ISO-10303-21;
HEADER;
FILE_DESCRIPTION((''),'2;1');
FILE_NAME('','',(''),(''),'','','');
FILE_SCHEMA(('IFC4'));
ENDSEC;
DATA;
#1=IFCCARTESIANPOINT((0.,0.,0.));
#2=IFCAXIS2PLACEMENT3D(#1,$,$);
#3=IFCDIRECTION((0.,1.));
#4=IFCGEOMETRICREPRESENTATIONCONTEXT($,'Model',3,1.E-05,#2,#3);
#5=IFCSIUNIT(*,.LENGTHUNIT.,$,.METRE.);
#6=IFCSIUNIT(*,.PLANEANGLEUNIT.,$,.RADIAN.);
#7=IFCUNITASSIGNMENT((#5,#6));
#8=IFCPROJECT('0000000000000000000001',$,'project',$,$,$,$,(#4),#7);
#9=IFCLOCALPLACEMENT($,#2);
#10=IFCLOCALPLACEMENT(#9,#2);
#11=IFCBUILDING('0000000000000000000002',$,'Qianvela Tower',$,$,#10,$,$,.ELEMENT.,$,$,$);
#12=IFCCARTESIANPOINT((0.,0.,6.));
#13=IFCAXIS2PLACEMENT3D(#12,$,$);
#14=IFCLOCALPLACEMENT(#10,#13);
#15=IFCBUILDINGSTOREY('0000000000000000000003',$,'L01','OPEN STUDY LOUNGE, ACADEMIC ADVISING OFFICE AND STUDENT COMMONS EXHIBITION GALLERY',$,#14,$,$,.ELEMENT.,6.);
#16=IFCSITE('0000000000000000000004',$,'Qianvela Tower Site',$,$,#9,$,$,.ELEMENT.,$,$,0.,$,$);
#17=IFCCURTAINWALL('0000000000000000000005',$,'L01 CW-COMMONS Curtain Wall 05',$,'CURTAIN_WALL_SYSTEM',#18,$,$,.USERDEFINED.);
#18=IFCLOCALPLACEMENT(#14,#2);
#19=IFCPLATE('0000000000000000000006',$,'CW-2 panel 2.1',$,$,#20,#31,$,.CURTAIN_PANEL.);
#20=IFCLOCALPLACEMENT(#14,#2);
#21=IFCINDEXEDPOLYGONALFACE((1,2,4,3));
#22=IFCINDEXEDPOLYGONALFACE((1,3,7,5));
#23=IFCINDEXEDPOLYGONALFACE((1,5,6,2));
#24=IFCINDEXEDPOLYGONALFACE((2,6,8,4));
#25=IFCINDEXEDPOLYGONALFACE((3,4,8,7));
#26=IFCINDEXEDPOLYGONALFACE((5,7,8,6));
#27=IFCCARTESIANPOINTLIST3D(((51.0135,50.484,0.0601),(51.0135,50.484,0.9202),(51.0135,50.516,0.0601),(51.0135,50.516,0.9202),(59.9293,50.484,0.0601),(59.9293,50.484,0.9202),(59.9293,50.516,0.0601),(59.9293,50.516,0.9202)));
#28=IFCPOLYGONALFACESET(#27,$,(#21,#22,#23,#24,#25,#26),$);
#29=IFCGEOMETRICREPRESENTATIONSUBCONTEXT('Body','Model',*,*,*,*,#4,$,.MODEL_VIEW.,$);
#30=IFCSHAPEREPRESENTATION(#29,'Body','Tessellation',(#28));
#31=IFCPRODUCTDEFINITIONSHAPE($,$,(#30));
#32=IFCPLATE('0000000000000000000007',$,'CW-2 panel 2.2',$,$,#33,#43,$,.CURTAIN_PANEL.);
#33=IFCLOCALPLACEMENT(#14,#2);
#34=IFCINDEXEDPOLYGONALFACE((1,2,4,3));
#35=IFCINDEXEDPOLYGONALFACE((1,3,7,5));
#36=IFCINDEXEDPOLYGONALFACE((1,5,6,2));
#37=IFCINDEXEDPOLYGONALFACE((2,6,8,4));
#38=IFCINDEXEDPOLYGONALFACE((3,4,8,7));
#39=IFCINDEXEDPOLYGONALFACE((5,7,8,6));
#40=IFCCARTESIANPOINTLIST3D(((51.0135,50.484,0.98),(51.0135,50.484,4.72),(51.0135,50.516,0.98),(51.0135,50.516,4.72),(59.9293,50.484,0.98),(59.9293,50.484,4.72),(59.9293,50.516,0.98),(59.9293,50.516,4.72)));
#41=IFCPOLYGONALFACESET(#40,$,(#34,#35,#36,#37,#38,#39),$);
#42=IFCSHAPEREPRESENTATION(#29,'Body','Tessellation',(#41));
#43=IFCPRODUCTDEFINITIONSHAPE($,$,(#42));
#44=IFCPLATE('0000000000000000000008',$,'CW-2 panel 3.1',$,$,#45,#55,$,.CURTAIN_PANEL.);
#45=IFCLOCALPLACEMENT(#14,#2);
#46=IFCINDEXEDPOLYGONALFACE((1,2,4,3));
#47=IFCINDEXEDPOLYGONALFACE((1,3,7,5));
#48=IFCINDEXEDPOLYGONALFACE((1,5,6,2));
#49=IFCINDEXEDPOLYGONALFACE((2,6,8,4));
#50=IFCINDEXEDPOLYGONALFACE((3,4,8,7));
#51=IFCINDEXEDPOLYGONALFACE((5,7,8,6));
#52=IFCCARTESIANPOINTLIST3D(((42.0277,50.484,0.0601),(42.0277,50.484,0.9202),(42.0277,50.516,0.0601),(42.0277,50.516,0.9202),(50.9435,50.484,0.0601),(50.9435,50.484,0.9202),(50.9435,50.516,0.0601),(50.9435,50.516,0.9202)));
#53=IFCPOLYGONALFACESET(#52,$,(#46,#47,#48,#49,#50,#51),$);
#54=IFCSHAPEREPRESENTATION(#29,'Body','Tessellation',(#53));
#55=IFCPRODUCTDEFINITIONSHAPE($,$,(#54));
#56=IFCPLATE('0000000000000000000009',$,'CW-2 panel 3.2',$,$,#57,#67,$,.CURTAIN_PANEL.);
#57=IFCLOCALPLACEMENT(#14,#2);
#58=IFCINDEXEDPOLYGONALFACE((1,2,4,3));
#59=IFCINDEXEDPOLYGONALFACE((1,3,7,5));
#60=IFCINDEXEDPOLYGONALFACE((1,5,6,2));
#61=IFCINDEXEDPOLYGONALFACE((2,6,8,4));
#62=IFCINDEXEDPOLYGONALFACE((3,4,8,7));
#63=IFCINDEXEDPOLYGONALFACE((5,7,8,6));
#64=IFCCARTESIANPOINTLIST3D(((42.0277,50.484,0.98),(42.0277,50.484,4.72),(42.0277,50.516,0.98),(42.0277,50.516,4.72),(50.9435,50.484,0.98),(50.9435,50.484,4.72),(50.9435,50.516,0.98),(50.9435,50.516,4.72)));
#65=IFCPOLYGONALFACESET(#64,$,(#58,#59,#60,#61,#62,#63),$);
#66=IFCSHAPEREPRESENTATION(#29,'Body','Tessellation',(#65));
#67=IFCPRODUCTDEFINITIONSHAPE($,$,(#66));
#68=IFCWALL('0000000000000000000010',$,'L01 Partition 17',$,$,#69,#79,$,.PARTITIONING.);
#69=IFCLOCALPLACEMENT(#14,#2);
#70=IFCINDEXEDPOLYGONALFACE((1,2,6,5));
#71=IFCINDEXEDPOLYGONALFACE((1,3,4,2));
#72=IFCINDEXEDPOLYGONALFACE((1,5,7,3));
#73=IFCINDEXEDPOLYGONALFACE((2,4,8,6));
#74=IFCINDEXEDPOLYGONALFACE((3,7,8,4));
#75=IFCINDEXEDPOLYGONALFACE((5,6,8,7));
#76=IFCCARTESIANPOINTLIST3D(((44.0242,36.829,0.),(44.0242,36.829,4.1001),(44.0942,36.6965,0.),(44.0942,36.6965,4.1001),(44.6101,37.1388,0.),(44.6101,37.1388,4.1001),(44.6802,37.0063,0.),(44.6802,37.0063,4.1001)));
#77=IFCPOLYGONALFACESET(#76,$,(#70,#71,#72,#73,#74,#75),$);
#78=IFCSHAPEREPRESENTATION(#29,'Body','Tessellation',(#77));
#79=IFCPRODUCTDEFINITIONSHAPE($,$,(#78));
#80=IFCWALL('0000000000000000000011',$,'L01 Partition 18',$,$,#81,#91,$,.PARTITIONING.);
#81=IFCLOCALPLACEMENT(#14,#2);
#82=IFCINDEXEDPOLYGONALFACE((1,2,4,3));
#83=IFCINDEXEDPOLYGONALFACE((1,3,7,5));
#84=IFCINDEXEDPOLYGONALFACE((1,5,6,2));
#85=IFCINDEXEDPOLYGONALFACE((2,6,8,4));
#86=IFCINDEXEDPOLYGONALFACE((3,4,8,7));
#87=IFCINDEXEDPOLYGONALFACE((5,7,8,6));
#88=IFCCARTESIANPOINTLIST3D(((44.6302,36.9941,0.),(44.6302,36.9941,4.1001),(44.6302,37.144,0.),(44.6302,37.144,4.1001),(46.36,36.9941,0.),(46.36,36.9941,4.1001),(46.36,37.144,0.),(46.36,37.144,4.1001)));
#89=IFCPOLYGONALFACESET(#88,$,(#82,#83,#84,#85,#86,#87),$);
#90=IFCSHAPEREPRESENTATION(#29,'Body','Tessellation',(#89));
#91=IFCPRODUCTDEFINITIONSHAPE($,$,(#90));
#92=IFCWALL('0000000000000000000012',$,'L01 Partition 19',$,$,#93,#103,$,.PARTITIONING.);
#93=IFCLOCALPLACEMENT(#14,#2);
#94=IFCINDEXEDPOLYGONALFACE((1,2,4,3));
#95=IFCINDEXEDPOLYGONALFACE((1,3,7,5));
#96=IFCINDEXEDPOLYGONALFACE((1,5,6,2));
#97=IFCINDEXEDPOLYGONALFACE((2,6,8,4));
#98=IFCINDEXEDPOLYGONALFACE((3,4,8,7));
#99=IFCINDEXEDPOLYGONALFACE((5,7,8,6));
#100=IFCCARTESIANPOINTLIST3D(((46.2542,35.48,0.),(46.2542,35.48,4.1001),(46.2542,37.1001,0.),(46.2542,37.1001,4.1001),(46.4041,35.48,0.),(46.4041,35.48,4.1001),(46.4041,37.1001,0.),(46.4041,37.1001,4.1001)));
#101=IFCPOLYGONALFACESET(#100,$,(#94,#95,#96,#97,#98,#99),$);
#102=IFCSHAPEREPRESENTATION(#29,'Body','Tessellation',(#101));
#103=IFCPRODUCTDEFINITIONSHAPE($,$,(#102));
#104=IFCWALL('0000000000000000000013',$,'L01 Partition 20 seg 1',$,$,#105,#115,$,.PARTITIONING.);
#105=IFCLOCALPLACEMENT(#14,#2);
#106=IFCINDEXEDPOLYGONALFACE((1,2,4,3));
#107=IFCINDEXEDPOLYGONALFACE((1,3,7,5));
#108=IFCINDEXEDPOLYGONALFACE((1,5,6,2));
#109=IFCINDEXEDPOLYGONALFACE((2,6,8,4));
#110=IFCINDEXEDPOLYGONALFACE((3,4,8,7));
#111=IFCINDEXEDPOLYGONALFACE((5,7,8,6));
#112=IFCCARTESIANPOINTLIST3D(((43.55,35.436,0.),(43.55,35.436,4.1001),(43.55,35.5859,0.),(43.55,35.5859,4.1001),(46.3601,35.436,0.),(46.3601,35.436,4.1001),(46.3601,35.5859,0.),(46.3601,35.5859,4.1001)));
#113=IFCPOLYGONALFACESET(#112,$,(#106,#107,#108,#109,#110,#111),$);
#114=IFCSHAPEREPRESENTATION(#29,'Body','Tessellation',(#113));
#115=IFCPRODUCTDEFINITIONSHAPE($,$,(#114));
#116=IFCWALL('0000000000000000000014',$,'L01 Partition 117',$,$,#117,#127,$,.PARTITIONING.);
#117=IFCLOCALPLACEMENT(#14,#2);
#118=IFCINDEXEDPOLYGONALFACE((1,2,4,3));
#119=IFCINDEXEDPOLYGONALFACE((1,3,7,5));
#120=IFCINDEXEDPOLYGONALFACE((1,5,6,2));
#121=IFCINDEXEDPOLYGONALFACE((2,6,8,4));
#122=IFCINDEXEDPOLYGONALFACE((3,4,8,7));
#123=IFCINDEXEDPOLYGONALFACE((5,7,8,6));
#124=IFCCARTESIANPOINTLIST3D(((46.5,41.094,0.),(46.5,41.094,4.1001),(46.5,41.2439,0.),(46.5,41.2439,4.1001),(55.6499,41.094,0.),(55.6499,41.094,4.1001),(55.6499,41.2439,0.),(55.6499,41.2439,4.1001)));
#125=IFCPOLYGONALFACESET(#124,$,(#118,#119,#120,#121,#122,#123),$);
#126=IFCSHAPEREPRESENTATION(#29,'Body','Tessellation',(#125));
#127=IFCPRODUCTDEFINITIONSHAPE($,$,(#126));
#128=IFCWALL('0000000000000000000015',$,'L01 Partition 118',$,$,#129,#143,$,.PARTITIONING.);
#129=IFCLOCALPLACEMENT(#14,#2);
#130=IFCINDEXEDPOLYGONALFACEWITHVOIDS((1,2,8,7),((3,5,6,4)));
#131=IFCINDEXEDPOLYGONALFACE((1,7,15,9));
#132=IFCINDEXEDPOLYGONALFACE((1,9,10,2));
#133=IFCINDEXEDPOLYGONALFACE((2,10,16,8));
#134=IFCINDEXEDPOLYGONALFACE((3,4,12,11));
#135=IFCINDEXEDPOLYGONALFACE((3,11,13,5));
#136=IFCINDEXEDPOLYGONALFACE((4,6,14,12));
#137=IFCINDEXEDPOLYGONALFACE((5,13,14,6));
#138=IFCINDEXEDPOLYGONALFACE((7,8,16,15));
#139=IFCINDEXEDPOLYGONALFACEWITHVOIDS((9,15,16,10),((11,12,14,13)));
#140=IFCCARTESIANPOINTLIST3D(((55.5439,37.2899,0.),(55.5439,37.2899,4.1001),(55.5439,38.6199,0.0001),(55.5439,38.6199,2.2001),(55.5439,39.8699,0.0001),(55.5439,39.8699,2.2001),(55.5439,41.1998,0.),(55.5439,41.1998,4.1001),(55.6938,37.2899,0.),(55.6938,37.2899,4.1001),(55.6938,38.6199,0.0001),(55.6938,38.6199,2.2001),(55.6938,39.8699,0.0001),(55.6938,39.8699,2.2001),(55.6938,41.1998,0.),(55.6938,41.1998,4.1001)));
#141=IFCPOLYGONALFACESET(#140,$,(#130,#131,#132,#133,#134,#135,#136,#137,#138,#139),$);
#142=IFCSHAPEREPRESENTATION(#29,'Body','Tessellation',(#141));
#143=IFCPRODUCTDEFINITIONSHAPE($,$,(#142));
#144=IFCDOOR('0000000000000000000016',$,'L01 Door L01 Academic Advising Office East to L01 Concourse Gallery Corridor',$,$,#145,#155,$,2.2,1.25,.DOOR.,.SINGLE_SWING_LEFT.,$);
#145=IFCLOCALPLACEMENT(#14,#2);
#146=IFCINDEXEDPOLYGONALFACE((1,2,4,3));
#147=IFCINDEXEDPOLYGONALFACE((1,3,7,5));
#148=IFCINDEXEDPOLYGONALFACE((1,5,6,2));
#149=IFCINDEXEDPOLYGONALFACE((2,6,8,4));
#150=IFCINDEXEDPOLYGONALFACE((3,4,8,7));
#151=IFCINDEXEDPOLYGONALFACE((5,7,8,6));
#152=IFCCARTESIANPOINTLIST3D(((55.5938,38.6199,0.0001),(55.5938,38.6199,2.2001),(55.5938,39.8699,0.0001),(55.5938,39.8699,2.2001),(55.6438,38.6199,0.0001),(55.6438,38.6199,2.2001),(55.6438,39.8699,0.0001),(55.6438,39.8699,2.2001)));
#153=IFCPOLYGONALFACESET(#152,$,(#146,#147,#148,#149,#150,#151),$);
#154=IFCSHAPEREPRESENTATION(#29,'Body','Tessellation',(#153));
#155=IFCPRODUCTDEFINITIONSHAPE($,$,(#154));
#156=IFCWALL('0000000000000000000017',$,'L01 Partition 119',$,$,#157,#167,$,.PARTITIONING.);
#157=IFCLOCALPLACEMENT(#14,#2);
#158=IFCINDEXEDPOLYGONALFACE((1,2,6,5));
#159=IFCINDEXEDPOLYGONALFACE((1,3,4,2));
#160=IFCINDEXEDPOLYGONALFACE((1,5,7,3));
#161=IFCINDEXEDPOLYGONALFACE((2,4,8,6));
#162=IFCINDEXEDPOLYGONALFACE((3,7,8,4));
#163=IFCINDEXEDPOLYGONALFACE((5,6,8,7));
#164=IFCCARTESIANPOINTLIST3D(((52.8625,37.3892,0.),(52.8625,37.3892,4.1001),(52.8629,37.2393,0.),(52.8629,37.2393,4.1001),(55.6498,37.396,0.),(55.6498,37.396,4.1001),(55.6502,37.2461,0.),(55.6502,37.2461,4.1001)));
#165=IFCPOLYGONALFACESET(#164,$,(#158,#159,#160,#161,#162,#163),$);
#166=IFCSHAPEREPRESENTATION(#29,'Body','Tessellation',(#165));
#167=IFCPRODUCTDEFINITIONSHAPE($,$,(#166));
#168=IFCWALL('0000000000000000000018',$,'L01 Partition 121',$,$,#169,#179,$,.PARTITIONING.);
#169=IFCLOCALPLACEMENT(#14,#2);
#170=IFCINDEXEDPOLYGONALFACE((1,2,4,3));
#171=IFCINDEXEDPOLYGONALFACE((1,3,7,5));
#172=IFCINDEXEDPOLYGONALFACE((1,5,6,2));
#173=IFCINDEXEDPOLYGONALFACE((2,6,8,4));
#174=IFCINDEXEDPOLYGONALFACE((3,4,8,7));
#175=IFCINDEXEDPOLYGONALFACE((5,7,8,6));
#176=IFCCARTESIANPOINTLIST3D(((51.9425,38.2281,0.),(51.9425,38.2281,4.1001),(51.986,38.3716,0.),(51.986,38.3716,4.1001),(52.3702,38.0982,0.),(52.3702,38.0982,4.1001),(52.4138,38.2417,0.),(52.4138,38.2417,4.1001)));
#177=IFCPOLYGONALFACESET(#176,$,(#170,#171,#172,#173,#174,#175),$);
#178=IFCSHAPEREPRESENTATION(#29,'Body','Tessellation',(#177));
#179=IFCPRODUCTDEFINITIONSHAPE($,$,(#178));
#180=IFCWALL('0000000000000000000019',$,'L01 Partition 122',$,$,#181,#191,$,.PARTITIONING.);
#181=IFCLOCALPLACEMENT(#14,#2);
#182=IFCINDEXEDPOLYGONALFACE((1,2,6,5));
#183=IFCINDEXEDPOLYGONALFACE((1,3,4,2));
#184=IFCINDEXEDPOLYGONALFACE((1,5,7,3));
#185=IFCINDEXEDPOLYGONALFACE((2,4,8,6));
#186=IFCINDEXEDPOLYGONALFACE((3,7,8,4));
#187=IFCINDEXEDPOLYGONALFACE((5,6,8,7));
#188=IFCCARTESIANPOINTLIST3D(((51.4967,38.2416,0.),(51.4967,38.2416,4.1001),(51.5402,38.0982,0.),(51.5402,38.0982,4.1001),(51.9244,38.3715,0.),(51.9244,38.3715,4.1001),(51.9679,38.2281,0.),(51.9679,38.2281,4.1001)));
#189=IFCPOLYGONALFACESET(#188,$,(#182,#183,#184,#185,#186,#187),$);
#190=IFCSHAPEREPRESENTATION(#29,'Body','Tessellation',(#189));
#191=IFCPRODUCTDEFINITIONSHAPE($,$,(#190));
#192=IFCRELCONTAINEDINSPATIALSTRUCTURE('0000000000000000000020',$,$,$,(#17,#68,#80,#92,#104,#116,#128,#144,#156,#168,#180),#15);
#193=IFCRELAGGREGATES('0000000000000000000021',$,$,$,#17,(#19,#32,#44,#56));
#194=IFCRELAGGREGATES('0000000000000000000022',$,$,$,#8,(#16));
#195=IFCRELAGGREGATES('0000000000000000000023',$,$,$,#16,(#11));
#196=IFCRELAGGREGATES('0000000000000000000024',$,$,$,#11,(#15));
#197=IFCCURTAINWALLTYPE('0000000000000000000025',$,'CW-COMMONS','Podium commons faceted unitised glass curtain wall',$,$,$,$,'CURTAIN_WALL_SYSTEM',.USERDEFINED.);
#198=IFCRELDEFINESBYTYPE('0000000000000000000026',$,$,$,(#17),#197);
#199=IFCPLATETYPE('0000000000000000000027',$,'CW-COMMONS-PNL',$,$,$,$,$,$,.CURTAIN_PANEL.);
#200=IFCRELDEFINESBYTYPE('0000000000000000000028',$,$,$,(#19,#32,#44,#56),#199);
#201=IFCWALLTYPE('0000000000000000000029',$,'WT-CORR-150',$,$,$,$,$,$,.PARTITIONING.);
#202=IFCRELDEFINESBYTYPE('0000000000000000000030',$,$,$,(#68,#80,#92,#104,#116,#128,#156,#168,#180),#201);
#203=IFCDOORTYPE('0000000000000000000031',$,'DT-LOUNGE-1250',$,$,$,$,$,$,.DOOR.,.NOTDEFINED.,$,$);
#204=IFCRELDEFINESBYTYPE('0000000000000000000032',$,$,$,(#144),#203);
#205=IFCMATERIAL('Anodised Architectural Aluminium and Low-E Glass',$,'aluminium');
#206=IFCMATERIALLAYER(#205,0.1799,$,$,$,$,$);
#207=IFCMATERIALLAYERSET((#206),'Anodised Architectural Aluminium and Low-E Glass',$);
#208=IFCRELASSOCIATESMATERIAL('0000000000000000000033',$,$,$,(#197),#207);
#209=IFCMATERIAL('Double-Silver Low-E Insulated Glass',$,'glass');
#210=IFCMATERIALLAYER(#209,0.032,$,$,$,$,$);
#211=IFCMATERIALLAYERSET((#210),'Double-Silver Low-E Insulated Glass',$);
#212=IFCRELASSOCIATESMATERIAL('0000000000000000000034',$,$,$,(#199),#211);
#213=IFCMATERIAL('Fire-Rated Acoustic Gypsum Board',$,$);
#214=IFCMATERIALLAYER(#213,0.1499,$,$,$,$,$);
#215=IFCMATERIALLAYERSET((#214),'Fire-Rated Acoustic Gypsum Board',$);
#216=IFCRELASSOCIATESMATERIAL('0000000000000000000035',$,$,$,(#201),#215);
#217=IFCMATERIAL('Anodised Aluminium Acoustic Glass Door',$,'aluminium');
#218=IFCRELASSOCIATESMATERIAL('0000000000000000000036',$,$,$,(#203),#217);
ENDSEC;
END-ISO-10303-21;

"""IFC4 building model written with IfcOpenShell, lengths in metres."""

from ifc_helpers import new_model, si_unit, direction, frame, frame_2d, origin, origin_2d, place, context, subcontext, project, spatial, rectangle, extrude, material, layer, layer_set, type_object, element, fill, aggregate, save


model = new_model("IFC4")

# Units and contexts
model_context = context("Model", 3, precision=1e-05, world=origin(), true_north=direction((0.0, 1.0)))
body_context = subcontext(model_context, "Body", "Model", "MODEL_VIEW")
ifc_project = project(units=[si_unit("LENGTHUNIT", "METRE"), si_unit("PLANEANGLEUNIT", "RADIAN")], contexts=[model_context])

# Site, building, storey
site_placement = place(None, origin())
site = spatial("IfcSite", under=ifc_project, at=site_placement, Name="Qianvela Tower Site", CompositionType="ELEMENT", RefElevation=0.0)
building_placement = place(site_placement, origin())
building = spatial("IfcBuilding", under=site, at=building_placement, Name="Qianvela Tower", CompositionType="ELEMENT")
storey_placement = place(building_placement, frame((0.0, 0.0, 6.0)))
storey = spatial("IfcBuildingStorey", under=building, at=storey_placement, Name="L01", Description="OPEN STUDY LOUNGE, ACADEMIC ADVISING OFFICE AND STUDENT COMMONS EXHIBITION GALLERY", CompositionType="ELEMENT", Elevation=6.0)

# Curtain wall
ifc_material_1 = material(Name="Anodised Architectural Aluminium and Low-E Glass", Category="aluminium")
ifc_layer_1 = layer(ifc_material_1, 0.1799)
ifc_layer_set_1 = layer_set([ifc_layer_1], Name="Anodised Architectural Aluminium and Low-E Glass")
curtain_wall_type = type_object("IfcCurtainWallType", Name="CW-COMMONS", Description="Podium commons faceted unitised glass curtain wall", ElementType="CURTAIN_WALL_SYSTEM", PredefinedType="USERDEFINED", material=ifc_layer_set_1)
curtain_wall_placement = place(storey_placement, origin())
curtain_wall = element("IfcCurtainWall", 1, at=curtain_wall_placement, inside=storey, type_object=curtain_wall_type, Name="L01 CW-COMMONS Curtain Wall 05", ObjectType="CURTAIN_WALL_SYSTEM", PredefinedType="USERDEFINED")

# Plates
ifc_material_2 = material(Name="Double-Silver Low-E Insulated Glass", Category="glass")
ifc_layer_2 = layer(ifc_material_2, 0.032)
ifc_layer_set_2 = layer_set([ifc_layer_2], Name="Double-Silver Low-E Insulated Glass")
plate_type = type_object("IfcPlateType", Name="CW-COMMONS-PNL", PredefinedType="CURTAIN_PANEL", material=ifc_layer_set_2)
plate_1_placement = place(storey_placement, frame((55.4714, 50.5, 0.0601), z_axis=(0.0, 0.0, 1.0), x_axis=(-1.0, 0.0, 0.0)))
plate_1 = element("IfcPlate", 2, at=plate_1_placement, type_object=plate_type, Name="CW-2 panel 2.1", PredefinedType="CURTAIN_PANEL", context=body_context, shape_type="SweptSolid", body=[
    extrude(rectangle(XDim=8.9158, YDim=0.032, at=origin_2d()), origin(), (0.0, 0.0, 1.0), 0.8601),
])
plate_2_placement = place(storey_placement, frame((55.4714, 50.5, 0.98), z_axis=(0.0, 0.0, 1.0), x_axis=(-1.0, 0.0, 0.0)))
plate_2 = element("IfcPlate", 3, at=plate_2_placement, type_object=plate_type, Name="CW-2 panel 2.2", PredefinedType="CURTAIN_PANEL", context=body_context, shape_type="SweptSolid", body=[
    extrude(rectangle(XDim=8.9158, YDim=0.032, at=origin_2d()), origin(), (0.0, 0.0, 1.0), 3.74),
])
plate_3_placement = place(storey_placement, frame((46.4856, 50.5, 0.0601), z_axis=(0.0, 0.0, 1.0), x_axis=(-1.0, 0.0, 0.0)))
plate_3 = element("IfcPlate", 4, at=plate_3_placement, type_object=plate_type, Name="CW-2 panel 3.1", PredefinedType="CURTAIN_PANEL", context=body_context, shape_type="SweptSolid", body=[
    extrude(rectangle(XDim=8.9158, YDim=0.032, at=origin_2d()), origin(), (0.0, 0.0, 1.0), 0.8601),
])
plate_4_placement = place(storey_placement, frame((46.4856, 50.5, 0.98), z_axis=(0.0, 0.0, 1.0), x_axis=(-1.0, 0.0, 0.0)))
plate_4 = element("IfcPlate", 5, at=plate_4_placement, type_object=plate_type, Name="CW-2 panel 3.2", PredefinedType="CURTAIN_PANEL", context=body_context, shape_type="SweptSolid", body=[
    extrude(rectangle(XDim=8.9158, YDim=0.032, at=origin_2d()), origin(), (0.0, 0.0, 1.0), 3.74),
])
aggregate(curtain_wall, [plate_1, plate_2, plate_3, plate_4])

# Walls
ifc_material_3 = material(Name="Fire-Rated Acoustic Gypsum Board")
ifc_layer_3 = layer(ifc_material_3, 0.1499)
ifc_layer_set_3 = layer_set([ifc_layer_3], Name="Fire-Rated Acoustic Gypsum Board")
wall_type_1 = type_object("IfcWallType", Name="WT-CORR-150", PredefinedType="PARTITIONING", material=ifc_layer_set_3)
wall_1_placement = place(storey_placement, frame((44.0591, 36.7627, 0.0), z_axis=(0.0, 0.0, 1.0), x_axis=(0.88403, 0.467431, 0.0)))
element("IfcWall", 6, at=wall_1_placement, inside=storey, type_object=wall_type_1, Name="L01 Partition 17", PredefinedType="PARTITIONING", context=body_context, shape_type="SweptSolid", body=[
    extrude(rectangle(XDim=0.6628, YDim=0.1499, at=frame_2d((0.3315, 0.0))), origin(), (0.0, 0.0, 1.0), 4.1001),
])
wall_2_placement = place(storey_placement, frame((44.6304, 37.0691, 0.0), z_axis=(0.0, 0.0, 1.0), x_axis=(1.0, 0.0, 0.0)))
element("IfcWall", 7, at=wall_2_placement, inside=storey, type_object=wall_type_1, Name="L01 Partition 18", PredefinedType="PARTITIONING", context=body_context, shape_type="SweptSolid", body=[
    extrude(rectangle(XDim=1.7297, YDim=0.1499, at=frame_2d((0.8647, 0.0))), origin(), (0.0, 0.0, 1.0), 4.1001),
])
wall_3_placement = place(storey_placement, frame((46.3291, 37.1001, 0.0), z_axis=(0.0, 0.0, 1.0), x_axis=(0.0, -1.0, 0.0)))
element("IfcWall", 8, at=wall_3_placement, inside=storey, type_object=wall_type_1, Name="L01 Partition 19", PredefinedType="PARTITIONING", context=body_context, shape_type="SweptSolid", body=[
    extrude(rectangle(XDim=1.6201, YDim=0.1499, at=frame_2d((0.8101, 0.0))), origin(), (0.0, 0.0, 1.0), 4.1001),
])
wall_4_placement = place(storey_placement, frame((46.3601, 35.511, 0.0), z_axis=(0.0, 0.0, 1.0), x_axis=(-1.0, 0.0, 0.0)))
element("IfcWall", 9, at=wall_4_placement, inside=storey, type_object=wall_type_1, Name="L01 Partition 20 seg 1", PredefinedType="PARTITIONING", context=body_context, shape_type="SweptSolid", body=[
    extrude(rectangle(XDim=2.8101, YDim=0.1499, at=frame_2d((1.405, 0.0))), origin(), (0.0, 0.0, 1.0), 4.1001),
])
wall_5_placement = place(storey_placement, frame((46.5, 41.1689, 0.0), z_axis=(0.0, 0.0, 1.0), x_axis=(1.0, 0.0, 0.0)))
element("IfcWall", 10, at=wall_5_placement, inside=storey, type_object=wall_type_1, Name="L01 Partition 117", PredefinedType="PARTITIONING", context=body_context, shape_type="SweptSolid", body=[
    extrude(rectangle(XDim=9.1499, YDim=0.1499, at=frame_2d((4.575, 0.0))), origin(), (0.0, 0.0, 1.0), 4.1001),
])

# Wall, opening, door
wall_6_placement = place(storey_placement, frame((55.6189, 41.2, 0.0), z_axis=(0.0, 0.0, 1.0), x_axis=(0.0, -1.0, 0.0)))
wall_6 = element("IfcWall", 11, at=wall_6_placement, inside=storey, type_object=wall_type_1, Name="L01 Partition 118", PredefinedType="PARTITIONING", context=body_context, shape_type="SweptSolid", body=[
    extrude(rectangle(XDim=3.9099, YDim=0.1499, at=frame_2d((1.9551, 0.0))), origin(), (0.0, 0.0, 1.0), 4.1001),
])
opening_1_placement = place(wall_6_placement, frame((1.3301, 0.0, 0.0)))
opening_1 = element("IfcOpeningElement", 12, at=opening_1_placement, cuts=wall_6, PredefinedType="OPENING", context=body_context, shape_type="SweptSolid", body=[
    extrude(rectangle(XDim=1.25, YDim=2.2, at=frame_2d((0.625, 1.1001))), frame((0.0, 0.085, 0.0), z_axis=(0.0, -1.0, 0.0), x_axis=(1.0, 0.0, 0.0)), (0.0, 0.0, 1.0), 0.1699),
])
ifc_material_4 = material(Name="Anodised Aluminium Acoustic Glass Door", Category="aluminium")
door_type = type_object("IfcDoorType", Name="DT-LOUNGE-1250", OperationType="NOTDEFINED", PredefinedType="DOOR", material=ifc_material_4)
door_1_placement = place(opening_1_placement, origin())
door_1 = element("IfcDoor", 13, at=door_1_placement, inside=storey, type_object=door_type, Name="L01 Door L01 Academic Advising Office East to L01 Concourse Gallery Corridor", OperationType="SINGLE_SWING_LEFT", OverallHeight=2.2, OverallWidth=1.25, PredefinedType="DOOR", context=body_context, shape_type="SweptSolid", body=[
    extrude(rectangle(XDim=1.25, YDim=2.2, at=frame_2d((0.625, 1.1001))), frame((0.0, 0.0249, 0.0), z_axis=(0.0, -1.0, 0.0), x_axis=(1.0, 0.0, 0.0)), (0.0, 0.0, 1.0), 0.05),
])
fill(opening_1, door_1)

# Walls
wall_7_placement = place(storey_placement, frame((55.6499, 37.321, 0.0), z_axis=(0.0, 0.0, 1.0), x_axis=(-0.999997, -0.002452, 0.0)))
element("IfcWall", 14, at=wall_7_placement, inside=storey, type_object=wall_type_1, Name="L01 Partition 119", PredefinedType="PARTITIONING", context=body_context, shape_type="SweptSolid", body=[
    extrude(rectangle(XDim=2.7874, YDim=0.1499, at=frame_2d((1.3936, 0.0))), origin(), (0.0, 0.0, 1.0), 4.1001),
])
for number, where, z_axis, x_axis, name in (
    (15, (52.3921, 38.1699, 0.0), (0.0, 0.0, 1.0), (-0.956859, 0.290553, 0.0), "L01 Partition 121"),
    (16, (51.9463, 38.2998, 0.0), (0.0, 0.0, 1.0), (-0.956859, -0.290553, 0.0), "L01 Partition 122"),
):
    element("IfcWall", number, at=place(storey_placement, frame(where, z_axis=z_axis, x_axis=x_axis)), inside=storey, type_object=wall_type_1, Name=name, PredefinedType="PARTITIONING", context=body_context, shape_type="SweptSolid", body=[
        extrude(rectangle(XDim=0.447, YDim=0.1499, at=frame_2d((0.2236, 0.0))), origin(), (0.0, 0.0, 1.0), 4.1001),
    ])

save(model, "model.ifc")
